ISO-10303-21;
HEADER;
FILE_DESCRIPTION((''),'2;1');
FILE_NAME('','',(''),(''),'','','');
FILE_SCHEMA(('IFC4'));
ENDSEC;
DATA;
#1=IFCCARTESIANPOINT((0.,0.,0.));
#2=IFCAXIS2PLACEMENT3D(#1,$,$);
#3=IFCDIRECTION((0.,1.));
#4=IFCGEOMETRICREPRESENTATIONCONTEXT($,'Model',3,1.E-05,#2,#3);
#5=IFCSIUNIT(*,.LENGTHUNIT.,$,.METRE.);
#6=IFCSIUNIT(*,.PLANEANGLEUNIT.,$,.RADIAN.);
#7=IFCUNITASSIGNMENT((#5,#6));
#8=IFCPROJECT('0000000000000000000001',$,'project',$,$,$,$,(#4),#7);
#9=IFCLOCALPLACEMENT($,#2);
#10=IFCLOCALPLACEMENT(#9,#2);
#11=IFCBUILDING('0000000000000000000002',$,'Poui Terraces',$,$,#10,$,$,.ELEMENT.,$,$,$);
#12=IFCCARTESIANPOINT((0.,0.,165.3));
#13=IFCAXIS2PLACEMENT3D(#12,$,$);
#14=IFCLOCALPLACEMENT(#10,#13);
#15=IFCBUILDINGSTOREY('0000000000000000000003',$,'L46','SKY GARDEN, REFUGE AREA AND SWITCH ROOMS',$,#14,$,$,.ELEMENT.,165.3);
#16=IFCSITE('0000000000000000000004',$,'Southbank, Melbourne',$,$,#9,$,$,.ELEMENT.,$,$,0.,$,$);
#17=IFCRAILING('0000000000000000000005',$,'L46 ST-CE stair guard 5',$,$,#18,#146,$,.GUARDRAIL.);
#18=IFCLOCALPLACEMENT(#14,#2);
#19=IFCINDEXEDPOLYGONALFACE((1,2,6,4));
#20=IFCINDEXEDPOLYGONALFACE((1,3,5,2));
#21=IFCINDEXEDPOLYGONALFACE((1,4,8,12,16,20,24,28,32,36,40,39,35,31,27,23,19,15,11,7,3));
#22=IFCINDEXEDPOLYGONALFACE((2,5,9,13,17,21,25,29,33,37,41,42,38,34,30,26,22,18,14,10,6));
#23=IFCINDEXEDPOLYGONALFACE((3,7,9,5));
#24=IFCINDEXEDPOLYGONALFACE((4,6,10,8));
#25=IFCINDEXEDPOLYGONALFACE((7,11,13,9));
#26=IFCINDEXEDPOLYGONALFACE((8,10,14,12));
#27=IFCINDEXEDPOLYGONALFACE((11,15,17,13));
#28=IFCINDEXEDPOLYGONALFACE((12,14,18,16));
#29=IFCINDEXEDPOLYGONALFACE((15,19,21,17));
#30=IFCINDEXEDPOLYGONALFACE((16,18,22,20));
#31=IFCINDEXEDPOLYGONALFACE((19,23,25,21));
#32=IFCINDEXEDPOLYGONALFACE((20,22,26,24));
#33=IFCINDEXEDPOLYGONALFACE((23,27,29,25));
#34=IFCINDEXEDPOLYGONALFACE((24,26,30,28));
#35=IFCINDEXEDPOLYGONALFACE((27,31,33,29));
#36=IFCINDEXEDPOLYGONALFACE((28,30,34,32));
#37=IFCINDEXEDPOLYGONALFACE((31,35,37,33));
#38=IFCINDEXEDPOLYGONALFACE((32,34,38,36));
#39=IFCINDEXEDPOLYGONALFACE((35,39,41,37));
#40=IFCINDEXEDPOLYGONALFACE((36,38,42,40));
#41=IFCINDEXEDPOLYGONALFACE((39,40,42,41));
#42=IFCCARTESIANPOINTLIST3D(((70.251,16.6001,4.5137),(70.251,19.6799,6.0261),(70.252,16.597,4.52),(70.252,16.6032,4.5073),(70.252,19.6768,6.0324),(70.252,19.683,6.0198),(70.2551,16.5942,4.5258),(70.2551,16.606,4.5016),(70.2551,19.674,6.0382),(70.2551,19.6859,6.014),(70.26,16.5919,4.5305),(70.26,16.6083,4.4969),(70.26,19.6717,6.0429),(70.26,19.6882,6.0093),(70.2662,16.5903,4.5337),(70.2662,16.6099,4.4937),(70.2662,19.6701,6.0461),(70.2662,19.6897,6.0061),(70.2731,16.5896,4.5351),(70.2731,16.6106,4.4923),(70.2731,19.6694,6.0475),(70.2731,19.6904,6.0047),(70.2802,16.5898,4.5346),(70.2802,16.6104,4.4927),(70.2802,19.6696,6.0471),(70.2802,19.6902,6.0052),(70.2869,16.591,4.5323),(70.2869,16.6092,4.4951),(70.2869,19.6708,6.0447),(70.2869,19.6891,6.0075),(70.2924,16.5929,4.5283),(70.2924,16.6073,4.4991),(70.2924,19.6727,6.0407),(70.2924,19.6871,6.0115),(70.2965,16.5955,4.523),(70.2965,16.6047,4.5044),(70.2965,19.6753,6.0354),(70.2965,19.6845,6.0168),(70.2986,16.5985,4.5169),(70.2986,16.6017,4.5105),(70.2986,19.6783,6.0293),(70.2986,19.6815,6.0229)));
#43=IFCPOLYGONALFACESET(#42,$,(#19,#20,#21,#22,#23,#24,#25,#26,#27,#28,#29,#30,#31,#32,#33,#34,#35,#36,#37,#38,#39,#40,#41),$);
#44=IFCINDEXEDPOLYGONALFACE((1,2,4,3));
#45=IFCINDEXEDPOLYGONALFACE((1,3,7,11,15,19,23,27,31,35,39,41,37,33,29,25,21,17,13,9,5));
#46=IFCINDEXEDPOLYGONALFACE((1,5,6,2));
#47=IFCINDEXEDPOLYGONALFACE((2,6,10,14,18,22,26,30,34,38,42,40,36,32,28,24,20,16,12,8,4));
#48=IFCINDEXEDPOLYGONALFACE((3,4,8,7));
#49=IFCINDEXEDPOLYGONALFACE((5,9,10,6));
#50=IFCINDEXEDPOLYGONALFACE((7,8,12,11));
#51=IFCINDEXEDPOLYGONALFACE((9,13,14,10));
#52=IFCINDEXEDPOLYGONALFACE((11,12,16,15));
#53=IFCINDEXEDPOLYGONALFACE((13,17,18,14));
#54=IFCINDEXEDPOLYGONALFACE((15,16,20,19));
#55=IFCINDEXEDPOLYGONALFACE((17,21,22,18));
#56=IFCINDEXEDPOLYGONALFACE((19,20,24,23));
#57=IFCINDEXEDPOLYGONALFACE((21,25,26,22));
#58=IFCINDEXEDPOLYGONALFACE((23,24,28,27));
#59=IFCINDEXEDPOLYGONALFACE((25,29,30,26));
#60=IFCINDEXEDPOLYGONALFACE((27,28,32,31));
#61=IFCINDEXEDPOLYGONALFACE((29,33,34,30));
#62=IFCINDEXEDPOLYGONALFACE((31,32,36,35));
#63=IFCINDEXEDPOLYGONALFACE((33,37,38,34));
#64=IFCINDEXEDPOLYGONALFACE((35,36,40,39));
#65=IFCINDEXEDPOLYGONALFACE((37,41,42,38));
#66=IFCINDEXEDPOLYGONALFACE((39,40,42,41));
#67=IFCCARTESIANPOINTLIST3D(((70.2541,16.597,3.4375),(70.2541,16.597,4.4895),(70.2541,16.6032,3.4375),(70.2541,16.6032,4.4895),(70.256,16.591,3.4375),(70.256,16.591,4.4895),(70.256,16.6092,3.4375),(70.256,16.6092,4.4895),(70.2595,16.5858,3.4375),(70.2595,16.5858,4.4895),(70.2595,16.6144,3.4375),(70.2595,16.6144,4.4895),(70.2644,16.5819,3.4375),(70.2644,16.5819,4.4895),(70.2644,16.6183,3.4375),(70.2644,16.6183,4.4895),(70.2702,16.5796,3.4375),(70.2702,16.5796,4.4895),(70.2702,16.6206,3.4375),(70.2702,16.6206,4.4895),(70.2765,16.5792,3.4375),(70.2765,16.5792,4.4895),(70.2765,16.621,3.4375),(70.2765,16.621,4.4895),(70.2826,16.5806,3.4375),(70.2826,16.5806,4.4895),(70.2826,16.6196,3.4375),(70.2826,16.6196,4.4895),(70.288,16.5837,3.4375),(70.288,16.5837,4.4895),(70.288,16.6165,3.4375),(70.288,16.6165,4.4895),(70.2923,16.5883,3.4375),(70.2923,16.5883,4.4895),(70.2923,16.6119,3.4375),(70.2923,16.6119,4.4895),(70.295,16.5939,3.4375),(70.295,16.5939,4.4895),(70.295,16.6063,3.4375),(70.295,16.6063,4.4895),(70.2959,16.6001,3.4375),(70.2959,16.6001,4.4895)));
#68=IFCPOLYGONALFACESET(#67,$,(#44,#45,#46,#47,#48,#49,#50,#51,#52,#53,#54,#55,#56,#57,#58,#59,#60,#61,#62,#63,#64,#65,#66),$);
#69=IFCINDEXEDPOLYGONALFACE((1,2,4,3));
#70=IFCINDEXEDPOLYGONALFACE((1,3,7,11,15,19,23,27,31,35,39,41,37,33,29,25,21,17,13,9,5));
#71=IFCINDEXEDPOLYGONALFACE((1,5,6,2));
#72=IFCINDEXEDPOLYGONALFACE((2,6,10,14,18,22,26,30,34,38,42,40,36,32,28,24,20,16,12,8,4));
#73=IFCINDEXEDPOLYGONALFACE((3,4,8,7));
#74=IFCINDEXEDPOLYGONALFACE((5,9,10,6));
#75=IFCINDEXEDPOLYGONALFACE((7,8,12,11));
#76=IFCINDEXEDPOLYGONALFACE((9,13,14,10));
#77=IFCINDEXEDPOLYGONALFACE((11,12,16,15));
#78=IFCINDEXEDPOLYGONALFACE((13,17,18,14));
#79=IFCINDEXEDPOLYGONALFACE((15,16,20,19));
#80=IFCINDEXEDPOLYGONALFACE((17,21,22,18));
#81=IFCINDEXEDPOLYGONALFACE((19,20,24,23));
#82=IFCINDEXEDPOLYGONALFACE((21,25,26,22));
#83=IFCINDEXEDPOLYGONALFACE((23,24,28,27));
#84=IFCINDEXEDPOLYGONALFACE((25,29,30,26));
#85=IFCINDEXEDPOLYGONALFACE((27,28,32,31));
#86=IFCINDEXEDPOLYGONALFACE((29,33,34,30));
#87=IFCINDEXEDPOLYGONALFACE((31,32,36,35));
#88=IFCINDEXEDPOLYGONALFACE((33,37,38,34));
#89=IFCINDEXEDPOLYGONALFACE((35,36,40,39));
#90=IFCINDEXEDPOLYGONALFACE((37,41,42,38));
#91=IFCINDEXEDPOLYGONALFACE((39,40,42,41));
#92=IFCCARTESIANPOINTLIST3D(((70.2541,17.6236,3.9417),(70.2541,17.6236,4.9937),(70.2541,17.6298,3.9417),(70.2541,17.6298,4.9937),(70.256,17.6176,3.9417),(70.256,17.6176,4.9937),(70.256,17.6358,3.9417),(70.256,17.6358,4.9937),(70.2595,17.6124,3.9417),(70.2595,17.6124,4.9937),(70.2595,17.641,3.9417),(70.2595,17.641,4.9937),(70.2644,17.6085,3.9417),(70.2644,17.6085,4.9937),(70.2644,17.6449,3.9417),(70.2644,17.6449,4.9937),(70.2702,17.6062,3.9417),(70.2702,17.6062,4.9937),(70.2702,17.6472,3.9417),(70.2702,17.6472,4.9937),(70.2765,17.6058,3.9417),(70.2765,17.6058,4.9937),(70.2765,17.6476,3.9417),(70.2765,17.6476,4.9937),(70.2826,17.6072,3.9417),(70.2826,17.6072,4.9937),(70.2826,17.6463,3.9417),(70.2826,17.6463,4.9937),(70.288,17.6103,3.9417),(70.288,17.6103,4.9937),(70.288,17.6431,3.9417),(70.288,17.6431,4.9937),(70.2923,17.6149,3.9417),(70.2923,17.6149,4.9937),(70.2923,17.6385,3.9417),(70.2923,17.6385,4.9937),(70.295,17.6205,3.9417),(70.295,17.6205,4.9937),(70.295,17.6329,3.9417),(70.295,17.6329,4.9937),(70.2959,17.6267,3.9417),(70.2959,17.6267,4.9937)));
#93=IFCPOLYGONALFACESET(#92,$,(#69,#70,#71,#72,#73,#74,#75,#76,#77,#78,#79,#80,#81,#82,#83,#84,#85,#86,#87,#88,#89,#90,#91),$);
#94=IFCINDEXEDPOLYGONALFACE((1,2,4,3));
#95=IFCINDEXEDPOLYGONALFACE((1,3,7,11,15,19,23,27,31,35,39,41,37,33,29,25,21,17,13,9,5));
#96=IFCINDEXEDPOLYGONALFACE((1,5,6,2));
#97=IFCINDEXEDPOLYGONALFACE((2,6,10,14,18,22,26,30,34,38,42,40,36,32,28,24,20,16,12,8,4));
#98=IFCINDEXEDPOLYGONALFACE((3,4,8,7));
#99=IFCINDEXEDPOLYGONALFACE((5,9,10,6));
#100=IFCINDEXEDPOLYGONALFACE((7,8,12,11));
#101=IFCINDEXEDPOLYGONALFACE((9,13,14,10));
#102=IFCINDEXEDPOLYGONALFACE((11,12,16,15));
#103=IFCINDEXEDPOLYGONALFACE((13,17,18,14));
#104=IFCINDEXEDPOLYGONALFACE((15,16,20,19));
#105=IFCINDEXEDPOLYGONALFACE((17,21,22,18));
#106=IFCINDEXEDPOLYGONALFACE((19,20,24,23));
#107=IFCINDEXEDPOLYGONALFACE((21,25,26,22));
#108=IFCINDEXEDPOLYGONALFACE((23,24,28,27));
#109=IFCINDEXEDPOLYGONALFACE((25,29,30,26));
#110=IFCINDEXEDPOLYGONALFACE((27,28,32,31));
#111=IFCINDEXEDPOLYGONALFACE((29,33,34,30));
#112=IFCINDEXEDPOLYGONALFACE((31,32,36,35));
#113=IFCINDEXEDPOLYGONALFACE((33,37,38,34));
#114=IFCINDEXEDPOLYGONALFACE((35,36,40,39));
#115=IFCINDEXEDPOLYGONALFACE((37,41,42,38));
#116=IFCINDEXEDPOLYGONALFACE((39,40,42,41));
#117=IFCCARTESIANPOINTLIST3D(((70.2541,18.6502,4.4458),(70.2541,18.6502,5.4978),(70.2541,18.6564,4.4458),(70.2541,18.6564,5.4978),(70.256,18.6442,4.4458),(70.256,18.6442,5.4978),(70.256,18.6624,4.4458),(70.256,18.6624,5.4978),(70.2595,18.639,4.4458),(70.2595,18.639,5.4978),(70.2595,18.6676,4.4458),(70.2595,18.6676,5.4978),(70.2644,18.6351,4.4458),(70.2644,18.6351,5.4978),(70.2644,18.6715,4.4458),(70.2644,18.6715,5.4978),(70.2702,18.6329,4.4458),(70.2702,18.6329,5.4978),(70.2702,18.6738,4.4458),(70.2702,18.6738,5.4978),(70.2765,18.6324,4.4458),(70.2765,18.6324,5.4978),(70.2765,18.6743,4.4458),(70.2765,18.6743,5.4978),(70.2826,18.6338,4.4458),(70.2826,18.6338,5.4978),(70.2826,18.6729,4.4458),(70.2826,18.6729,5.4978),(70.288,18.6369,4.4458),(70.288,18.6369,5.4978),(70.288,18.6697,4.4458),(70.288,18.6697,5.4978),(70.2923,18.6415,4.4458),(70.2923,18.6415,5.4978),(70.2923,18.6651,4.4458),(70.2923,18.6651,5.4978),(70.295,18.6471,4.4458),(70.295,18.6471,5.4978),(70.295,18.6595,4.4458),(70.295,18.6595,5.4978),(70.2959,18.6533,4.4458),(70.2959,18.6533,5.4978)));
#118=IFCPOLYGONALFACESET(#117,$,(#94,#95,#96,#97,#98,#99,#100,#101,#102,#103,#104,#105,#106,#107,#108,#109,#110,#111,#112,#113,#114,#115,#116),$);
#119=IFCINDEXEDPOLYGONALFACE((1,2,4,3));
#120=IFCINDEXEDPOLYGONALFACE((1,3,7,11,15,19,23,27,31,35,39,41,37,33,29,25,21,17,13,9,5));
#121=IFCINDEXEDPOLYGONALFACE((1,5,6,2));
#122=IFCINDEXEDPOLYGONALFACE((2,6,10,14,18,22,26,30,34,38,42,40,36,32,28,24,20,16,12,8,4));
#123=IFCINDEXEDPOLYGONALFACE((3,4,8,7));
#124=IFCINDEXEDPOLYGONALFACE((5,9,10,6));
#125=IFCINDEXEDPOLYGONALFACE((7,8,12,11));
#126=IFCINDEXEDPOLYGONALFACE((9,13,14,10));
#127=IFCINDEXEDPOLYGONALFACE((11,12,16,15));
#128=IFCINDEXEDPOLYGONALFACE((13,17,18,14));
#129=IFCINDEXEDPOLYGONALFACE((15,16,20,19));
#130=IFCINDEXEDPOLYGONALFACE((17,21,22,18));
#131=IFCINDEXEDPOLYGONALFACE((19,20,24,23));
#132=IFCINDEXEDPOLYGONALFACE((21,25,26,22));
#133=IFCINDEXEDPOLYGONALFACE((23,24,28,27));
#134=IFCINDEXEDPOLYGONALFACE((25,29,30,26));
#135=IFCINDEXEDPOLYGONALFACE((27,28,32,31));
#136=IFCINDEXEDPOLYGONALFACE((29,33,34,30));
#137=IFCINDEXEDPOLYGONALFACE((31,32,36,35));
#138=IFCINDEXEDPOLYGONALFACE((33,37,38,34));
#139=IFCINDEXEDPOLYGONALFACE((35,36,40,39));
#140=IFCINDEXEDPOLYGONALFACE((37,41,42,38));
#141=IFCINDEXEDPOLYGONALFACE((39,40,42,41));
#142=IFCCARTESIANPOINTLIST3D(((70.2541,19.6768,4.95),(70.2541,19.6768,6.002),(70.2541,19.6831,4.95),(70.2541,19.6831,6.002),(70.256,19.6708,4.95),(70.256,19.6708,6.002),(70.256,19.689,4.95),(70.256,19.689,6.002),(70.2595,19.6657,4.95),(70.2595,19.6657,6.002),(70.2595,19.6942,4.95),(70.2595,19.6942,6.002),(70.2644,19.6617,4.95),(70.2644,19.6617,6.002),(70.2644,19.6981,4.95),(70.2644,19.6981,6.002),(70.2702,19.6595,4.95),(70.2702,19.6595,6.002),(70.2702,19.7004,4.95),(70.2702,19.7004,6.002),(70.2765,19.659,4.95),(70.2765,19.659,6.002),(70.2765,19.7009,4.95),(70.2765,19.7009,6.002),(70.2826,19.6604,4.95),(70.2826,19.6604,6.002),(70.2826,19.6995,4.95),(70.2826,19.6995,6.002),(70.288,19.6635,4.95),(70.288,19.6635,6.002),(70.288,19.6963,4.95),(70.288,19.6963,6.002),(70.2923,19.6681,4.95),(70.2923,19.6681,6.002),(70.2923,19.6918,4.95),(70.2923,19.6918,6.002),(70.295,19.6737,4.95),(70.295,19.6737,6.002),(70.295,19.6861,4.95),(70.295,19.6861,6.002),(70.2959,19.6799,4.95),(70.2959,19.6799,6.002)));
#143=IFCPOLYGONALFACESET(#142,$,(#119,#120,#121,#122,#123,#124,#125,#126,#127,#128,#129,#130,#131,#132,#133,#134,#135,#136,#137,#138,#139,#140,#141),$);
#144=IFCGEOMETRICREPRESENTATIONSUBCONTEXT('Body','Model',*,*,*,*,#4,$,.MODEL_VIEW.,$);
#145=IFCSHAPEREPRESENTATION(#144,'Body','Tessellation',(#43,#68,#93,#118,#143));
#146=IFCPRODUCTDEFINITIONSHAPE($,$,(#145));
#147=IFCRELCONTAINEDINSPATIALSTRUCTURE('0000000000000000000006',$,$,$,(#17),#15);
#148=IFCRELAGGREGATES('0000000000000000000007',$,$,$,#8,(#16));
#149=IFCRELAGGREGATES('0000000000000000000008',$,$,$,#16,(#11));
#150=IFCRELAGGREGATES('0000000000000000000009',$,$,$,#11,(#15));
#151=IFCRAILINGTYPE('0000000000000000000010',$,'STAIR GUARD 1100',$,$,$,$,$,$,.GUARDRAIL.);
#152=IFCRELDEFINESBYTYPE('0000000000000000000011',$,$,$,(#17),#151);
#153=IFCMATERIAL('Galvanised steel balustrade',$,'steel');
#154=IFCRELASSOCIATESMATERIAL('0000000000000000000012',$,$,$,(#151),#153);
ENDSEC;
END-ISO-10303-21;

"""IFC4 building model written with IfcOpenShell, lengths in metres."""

from ifc_helpers import new_model, si_unit, direction, frame, origin, origin_2d, place, context, subcontext, project, spatial, circle, extrude, material, type_object, element, save


model = new_model("IFC4")

# Units and contexts
model_context = context("Model", 3, precision=1e-05, world=origin(), true_north=direction((0.0, 1.0)))
body_context = subcontext(model_context, "Body", "Model", "MODEL_VIEW")
ifc_project = project(units=[si_unit("LENGTHUNIT", "METRE"), si_unit("PLANEANGLEUNIT", "RADIAN")], contexts=[model_context])

# Site, building, storey
site_placement = place(None, origin())
site = spatial("IfcSite", under=ifc_project, at=site_placement, Name="Southbank, Melbourne", CompositionType="ELEMENT", RefElevation=0.0)
building_placement = place(site_placement, origin())
building = spatial("IfcBuilding", under=site, at=building_placement, Name="Poui Terraces", CompositionType="ELEMENT")
storey_placement = place(building_placement, frame((0.0, 0.0, 165.3)))
storey = spatial("IfcBuildingStorey", under=building, at=storey_placement, Name="L46", Description="SKY GARDEN, REFUGE AREA AND SWITCH ROOMS", CompositionType="ELEMENT", Elevation=165.3)

# Railing
ifc_material_1 = material(Name="Galvanised steel balustrade", Category="steel")
railing_type_1 = type_object("IfcRailingType", Name="STAIR GUARD 1100", PredefinedType="GUARDRAIL", material=ifc_material_1)
railing_1_placement = place(storey_placement, frame((70.2749, 16.6001, 3.4375)))
element("IfcRailing", 1, at=railing_1_placement, inside=storey, type_object=railing_type_1, Name="L46 ST-CE stair guard 5", PredefinedType="GUARDRAIL", context=body_context, shape_type="SweptSolid", body=[
    extrude(circle(Radius=0.0239, at=origin_2d()), frame((0.0, 0.0, 1.0762), z_axis=(0.0, 0.897606, 0.440798), x_axis=(-1.0, 0.0, 0.0)), (0.0, 0.0, 1.0), 3.4312),
    extrude(circle(Radius=0.021, at=origin_2d()), origin(), (0.0, 0.0, 1.0), 1.052),
    extrude(circle(Radius=0.021, at=origin_2d()), frame((0.0, 1.0266, 0.5042)), (0.0, 0.0, 1.0), 1.052),
    extrude(circle(Radius=0.021, at=origin_2d()), frame((0.0, 2.0532, 1.0083)), (0.0, 0.0, 1.0), 1.052),
    extrude(circle(Radius=0.021, at=origin_2d()), frame((0.0, 3.0798, 1.5125)), (0.0, 0.0, 1.0), 1.052),
])

save(model, "model.ifc")
